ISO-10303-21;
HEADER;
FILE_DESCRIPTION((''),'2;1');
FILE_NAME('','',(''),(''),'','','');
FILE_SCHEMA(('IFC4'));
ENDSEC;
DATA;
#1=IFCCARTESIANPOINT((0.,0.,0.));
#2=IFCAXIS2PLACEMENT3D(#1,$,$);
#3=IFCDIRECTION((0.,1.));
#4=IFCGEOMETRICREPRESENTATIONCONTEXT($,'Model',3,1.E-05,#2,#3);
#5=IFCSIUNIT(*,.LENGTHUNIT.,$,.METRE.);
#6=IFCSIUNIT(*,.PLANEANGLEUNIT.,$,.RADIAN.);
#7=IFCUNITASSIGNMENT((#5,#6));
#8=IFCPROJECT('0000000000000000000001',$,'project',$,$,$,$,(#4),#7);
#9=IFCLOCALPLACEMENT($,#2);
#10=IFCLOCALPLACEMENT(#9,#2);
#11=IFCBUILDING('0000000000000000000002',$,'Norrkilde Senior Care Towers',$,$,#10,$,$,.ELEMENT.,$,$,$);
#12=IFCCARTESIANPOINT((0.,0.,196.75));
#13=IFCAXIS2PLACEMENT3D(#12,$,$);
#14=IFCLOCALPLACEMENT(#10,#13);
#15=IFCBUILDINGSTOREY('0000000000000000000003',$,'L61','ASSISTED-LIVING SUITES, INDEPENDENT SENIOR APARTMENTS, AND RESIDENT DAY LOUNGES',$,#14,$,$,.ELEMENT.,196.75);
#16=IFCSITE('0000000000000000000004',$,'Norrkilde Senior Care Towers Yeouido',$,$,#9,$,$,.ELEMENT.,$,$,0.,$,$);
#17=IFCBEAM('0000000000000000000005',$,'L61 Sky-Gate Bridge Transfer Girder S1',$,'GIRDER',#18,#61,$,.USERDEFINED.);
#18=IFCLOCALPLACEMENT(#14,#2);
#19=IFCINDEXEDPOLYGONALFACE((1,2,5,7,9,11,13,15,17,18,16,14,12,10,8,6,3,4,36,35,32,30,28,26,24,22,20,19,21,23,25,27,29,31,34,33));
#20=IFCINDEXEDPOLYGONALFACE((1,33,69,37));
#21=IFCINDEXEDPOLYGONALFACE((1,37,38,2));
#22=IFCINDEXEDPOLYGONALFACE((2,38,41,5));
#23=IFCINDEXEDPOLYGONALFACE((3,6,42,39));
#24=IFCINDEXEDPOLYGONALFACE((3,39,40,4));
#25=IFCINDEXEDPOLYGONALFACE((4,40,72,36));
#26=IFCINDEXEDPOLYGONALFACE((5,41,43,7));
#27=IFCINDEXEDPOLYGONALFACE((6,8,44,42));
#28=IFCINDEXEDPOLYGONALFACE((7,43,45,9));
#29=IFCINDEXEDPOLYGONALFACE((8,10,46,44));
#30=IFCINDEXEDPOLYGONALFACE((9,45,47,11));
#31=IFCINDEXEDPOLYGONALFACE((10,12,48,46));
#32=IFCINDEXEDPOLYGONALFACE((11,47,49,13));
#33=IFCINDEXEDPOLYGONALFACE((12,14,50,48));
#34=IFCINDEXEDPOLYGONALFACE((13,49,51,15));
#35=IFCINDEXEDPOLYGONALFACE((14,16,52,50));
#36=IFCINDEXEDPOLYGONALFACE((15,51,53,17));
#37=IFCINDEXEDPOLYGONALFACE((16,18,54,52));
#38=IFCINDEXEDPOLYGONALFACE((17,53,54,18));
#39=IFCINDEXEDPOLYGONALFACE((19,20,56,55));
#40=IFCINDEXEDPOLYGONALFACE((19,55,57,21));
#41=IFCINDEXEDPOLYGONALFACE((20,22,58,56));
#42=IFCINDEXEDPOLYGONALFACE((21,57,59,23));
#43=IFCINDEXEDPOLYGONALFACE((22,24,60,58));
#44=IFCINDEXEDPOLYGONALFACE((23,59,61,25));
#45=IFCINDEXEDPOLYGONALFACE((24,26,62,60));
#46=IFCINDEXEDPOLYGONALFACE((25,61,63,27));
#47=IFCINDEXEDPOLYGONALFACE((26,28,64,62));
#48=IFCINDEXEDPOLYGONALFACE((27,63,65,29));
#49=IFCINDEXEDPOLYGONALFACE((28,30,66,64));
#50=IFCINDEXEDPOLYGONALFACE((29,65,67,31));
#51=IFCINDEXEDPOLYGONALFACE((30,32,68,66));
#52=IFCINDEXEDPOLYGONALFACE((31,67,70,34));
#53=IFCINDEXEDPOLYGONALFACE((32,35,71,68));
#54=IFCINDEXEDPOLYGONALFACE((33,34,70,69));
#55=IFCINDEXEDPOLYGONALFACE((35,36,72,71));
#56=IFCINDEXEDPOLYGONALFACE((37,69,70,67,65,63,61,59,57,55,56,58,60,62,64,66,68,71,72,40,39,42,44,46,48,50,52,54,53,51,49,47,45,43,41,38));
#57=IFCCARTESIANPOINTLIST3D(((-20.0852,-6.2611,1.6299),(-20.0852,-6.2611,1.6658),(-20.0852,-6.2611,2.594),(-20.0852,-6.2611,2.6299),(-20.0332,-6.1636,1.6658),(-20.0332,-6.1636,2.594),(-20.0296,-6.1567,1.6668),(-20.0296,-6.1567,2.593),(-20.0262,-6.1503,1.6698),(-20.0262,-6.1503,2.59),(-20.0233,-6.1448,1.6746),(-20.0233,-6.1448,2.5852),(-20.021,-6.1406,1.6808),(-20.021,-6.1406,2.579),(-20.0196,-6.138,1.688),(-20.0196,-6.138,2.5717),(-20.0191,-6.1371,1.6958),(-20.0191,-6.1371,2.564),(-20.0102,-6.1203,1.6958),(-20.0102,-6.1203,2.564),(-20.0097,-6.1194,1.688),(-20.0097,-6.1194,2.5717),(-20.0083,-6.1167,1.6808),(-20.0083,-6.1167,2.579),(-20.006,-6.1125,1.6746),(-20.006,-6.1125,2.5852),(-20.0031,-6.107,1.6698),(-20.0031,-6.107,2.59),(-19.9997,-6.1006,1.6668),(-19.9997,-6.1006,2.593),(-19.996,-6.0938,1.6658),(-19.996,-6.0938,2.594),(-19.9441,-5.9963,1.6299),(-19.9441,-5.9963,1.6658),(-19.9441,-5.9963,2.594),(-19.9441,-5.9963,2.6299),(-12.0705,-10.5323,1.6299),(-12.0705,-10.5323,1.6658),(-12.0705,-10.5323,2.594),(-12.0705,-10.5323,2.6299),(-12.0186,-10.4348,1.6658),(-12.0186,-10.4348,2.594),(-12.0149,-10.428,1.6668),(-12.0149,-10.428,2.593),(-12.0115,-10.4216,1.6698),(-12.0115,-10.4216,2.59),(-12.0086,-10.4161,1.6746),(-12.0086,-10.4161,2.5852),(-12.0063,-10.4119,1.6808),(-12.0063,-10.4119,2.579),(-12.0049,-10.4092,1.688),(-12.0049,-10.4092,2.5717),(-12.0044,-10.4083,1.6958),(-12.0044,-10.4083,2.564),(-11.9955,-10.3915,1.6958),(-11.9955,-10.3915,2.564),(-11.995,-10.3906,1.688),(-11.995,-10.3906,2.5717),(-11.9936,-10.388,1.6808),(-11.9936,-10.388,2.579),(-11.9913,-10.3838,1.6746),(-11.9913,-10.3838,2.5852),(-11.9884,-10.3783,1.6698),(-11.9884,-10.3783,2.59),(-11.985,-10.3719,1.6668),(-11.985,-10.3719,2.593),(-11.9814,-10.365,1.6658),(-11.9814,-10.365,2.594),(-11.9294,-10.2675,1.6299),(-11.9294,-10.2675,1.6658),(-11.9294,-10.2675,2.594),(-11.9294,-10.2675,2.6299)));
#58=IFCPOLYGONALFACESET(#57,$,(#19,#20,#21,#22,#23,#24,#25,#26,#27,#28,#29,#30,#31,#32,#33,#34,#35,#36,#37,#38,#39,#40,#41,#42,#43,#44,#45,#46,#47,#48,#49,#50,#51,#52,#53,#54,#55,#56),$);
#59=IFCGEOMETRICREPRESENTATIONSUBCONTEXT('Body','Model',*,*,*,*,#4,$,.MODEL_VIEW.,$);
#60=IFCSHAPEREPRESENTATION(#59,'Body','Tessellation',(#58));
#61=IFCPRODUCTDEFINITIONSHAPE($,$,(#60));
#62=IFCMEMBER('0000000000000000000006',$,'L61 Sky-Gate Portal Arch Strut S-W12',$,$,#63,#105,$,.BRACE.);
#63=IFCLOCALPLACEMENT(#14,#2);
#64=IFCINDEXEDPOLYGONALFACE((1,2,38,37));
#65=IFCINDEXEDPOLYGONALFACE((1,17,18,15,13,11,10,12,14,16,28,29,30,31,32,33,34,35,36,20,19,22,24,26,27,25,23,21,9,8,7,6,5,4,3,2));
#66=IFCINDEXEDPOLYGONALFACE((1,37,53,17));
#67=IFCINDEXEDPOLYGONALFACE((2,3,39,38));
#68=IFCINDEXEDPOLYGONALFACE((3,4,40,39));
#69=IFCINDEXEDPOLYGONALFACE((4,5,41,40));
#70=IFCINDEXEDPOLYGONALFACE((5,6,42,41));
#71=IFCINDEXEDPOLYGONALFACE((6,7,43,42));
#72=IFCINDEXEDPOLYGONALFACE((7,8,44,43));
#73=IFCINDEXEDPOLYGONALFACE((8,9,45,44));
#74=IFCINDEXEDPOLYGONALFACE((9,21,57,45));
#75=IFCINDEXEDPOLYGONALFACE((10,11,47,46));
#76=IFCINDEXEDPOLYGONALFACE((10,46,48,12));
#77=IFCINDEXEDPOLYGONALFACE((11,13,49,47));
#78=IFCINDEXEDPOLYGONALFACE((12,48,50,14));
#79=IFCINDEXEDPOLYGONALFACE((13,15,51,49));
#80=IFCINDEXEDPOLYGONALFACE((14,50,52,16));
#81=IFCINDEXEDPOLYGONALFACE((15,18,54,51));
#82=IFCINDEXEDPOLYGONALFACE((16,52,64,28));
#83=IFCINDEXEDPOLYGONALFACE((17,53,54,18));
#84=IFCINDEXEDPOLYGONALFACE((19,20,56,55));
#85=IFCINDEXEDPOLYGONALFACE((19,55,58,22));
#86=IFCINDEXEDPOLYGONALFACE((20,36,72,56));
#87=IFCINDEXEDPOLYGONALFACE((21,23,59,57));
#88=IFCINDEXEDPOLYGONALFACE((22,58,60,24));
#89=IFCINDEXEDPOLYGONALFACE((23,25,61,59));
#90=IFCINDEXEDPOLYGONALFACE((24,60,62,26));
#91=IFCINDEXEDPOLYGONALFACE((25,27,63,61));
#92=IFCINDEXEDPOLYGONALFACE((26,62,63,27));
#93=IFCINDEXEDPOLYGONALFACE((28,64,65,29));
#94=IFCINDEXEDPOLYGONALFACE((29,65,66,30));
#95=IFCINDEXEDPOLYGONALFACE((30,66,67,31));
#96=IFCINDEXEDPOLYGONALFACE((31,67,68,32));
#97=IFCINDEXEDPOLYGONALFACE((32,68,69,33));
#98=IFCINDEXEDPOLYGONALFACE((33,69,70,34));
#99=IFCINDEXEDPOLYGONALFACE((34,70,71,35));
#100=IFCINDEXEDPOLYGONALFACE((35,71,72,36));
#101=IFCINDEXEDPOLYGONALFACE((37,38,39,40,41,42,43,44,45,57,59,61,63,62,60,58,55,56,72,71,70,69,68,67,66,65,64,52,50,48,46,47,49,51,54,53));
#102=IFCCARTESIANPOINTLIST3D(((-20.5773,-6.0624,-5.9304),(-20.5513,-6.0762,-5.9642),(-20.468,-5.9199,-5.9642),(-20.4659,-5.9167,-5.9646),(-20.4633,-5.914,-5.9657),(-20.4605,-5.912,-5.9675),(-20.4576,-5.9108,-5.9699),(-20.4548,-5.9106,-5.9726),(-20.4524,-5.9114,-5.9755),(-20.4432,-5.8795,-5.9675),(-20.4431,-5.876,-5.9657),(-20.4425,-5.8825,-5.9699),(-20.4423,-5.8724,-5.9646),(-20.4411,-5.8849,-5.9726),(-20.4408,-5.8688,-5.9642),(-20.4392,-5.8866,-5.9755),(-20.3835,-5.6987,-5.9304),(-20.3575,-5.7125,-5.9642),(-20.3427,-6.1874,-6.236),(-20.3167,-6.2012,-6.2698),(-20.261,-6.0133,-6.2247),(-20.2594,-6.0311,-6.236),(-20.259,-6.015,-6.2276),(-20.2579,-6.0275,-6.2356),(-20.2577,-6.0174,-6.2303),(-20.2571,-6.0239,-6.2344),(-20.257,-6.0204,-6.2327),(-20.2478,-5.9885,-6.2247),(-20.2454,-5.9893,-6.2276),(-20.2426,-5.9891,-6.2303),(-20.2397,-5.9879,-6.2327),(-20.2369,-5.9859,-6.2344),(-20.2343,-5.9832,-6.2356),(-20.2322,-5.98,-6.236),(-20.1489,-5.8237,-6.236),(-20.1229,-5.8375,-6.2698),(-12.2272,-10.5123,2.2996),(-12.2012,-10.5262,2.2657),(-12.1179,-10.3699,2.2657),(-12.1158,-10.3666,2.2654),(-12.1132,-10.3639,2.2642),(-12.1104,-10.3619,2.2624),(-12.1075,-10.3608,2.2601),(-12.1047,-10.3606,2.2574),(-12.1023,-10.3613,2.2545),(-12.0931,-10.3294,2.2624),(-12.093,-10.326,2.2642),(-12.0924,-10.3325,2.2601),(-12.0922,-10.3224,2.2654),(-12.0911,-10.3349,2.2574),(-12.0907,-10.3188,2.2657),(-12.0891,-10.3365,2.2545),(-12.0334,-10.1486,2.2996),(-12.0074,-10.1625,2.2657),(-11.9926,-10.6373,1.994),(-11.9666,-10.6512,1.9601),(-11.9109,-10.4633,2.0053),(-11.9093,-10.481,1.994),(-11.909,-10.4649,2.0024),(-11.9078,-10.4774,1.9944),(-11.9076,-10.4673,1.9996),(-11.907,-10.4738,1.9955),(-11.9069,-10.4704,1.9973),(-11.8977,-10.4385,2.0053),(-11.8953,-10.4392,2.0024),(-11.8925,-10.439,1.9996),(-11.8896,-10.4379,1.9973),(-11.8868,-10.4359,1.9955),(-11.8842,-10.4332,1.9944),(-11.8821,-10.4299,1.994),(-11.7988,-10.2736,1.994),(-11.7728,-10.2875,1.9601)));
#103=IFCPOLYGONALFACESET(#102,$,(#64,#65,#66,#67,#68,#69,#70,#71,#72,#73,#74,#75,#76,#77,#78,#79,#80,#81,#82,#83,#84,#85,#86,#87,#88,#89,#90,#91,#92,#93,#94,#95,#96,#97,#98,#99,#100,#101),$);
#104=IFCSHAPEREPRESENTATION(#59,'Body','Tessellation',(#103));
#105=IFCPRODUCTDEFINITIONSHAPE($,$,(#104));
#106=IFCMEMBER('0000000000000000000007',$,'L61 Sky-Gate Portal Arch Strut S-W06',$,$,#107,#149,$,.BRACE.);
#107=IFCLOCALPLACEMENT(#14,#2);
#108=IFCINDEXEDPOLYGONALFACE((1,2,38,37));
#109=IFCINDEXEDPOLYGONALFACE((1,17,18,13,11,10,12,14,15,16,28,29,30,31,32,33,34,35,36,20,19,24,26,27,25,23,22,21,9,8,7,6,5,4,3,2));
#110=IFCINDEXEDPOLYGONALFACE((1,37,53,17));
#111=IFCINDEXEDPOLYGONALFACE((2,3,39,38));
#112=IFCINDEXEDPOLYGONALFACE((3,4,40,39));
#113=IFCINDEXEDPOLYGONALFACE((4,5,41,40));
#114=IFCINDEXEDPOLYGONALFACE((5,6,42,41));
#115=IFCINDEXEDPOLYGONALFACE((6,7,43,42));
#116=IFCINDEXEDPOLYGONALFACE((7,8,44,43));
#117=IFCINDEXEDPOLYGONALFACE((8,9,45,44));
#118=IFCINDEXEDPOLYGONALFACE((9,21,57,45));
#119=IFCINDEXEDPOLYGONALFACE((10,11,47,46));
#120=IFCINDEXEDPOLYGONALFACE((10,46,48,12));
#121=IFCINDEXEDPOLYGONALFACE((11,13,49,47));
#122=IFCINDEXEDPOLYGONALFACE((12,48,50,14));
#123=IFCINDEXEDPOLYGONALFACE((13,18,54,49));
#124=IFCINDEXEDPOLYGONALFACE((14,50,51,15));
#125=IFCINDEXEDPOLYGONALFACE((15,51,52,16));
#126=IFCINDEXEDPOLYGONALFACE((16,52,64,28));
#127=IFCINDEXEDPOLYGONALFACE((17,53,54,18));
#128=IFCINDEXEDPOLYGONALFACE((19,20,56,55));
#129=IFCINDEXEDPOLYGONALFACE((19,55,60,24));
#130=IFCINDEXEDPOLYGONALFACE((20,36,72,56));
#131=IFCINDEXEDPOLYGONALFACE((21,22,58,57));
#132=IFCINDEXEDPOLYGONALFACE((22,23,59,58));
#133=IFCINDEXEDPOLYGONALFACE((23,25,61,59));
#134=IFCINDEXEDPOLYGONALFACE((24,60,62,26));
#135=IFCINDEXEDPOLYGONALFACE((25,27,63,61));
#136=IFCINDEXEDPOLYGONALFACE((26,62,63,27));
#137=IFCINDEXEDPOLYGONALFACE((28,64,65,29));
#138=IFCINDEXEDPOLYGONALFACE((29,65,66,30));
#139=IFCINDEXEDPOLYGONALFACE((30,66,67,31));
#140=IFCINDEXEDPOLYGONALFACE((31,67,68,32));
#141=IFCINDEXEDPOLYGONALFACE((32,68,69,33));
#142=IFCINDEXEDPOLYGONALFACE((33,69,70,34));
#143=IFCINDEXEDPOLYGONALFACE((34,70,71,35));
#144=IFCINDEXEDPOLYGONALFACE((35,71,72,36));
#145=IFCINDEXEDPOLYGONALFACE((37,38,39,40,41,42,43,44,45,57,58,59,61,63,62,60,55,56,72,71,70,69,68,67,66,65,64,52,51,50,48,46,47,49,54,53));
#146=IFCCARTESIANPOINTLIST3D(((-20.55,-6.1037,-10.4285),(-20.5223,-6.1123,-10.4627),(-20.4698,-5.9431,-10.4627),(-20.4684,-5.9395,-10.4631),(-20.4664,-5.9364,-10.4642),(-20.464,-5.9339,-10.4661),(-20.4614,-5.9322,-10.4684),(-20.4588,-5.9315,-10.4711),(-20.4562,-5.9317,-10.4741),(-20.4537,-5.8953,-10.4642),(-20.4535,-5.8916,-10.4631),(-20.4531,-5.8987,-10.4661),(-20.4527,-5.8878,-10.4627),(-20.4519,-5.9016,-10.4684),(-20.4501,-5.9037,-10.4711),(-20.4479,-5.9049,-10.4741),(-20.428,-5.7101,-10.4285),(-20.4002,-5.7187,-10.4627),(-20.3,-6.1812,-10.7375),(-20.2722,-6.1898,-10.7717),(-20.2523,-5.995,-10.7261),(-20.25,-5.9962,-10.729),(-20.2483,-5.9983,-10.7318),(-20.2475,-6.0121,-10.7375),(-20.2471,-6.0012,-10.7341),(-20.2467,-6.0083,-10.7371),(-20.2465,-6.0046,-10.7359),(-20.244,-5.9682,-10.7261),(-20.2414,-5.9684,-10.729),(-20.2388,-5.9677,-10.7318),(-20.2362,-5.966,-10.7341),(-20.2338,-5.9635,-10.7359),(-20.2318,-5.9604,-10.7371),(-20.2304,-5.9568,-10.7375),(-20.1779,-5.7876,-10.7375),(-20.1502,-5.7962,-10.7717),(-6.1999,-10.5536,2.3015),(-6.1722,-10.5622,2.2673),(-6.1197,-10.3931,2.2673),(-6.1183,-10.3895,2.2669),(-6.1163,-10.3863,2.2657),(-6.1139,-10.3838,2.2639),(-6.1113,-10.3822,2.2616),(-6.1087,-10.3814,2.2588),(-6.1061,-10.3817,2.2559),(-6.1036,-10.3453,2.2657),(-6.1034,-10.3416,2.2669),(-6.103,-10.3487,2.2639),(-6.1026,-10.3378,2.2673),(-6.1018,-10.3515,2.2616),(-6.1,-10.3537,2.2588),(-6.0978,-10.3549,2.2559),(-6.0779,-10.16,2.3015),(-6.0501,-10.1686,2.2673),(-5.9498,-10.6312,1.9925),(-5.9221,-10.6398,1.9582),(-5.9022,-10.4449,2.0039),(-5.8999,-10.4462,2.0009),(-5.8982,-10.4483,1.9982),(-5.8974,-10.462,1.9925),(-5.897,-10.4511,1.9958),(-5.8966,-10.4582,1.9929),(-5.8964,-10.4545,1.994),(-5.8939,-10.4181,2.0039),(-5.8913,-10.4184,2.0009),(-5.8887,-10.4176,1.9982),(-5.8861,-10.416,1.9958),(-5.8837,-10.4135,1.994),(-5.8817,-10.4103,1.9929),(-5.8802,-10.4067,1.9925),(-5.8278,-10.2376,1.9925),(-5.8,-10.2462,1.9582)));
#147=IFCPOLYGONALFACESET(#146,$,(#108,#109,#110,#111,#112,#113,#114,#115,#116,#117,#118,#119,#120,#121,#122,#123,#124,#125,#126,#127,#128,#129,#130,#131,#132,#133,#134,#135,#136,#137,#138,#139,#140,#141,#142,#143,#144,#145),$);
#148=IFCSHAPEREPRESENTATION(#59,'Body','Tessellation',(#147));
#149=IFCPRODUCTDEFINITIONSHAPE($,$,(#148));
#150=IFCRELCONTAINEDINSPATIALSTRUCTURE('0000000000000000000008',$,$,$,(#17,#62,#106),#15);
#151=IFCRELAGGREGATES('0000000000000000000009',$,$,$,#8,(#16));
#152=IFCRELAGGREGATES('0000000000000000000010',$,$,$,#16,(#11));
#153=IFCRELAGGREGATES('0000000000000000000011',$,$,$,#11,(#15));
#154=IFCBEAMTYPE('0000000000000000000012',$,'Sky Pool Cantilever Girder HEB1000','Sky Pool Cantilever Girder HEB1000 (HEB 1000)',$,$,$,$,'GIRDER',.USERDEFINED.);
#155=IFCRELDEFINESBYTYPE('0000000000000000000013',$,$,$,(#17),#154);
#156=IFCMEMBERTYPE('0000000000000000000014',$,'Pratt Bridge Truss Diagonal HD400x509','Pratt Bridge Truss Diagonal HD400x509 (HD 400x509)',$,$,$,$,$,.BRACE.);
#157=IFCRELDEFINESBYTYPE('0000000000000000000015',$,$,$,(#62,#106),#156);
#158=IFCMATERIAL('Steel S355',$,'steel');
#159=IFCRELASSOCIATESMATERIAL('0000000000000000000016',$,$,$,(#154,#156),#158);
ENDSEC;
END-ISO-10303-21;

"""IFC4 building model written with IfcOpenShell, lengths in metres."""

from ifc_helpers import new_model, si_unit, direction, frame, origin, origin_2d, place, context, subcontext, project, spatial, i_section, extrude, source, transform, mapped, material, material_profile, profile_set, type_object, type_shapes, element, save


model = new_model("IFC4")

# Units and contexts
model_context = context("Model", 3, precision=1e-05, world=origin(), true_north=direction((0.0, 1.0)))
body_context = subcontext(model_context, "Body", "Model", "MODEL_VIEW")
ifc_project = project(units=[si_unit("LENGTHUNIT", "METRE"), si_unit("PLANEANGLEUNIT", "RADIAN")], contexts=[model_context])

# Site, building, storey
site_placement = place(None, origin())
site = spatial("IfcSite", under=ifc_project, at=site_placement, Name="Norrkilde Senior Care Towers Yeouido", CompositionType="ELEMENT", RefElevation=0.0)
building_placement = place(site_placement, origin())
building = spatial("IfcBuilding", under=site, at=building_placement, Name="Norrkilde Senior Care Towers", CompositionType="ELEMENT")
storey_placement = place(building_placement, frame((0.0, 0.0, 196.75)))
storey = spatial("IfcBuildingStorey", under=building, at=storey_placement, Name="L61", Description="ASSISTED-LIVING SUITES, INDEPENDENT SENIOR APARTMENTS, AND RESIDENT DAY LOUNGES", CompositionType="ELEMENT", Elevation=196.75)

# Beam
ifc_material_1 = material(Name="Steel S355", Category="steel")
ifc_material_profile_1 = material_profile(ifc_material_1, i_section(OverallWidth=0.3, OverallDepth=1.0, WebThickness=0.019, FlangeThickness=0.0359, FilletRadius=0.03, at=origin_2d()), Name="HEB 1000")
ifc_profile_set_1 = profile_set([ifc_material_profile_1], Name="Steel S355")
beam_type_1 = type_object("IfcBeamType", Name="Sky Pool Cantilever Girder HEB1000", Description="Sky Pool Cantilever Girder HEB1000 (HEB 1000)", ElementType="GIRDER", PredefinedType="USERDEFINED", material=ifc_profile_set_1)
shared_shape_1 = source(origin(), body_context, "Body", "SweptSolid", [
    extrude(i_section(OverallWidth=0.3, OverallDepth=1.0, WebThickness=0.019, FlangeThickness=0.0359, FilletRadius=0.03, at=origin_2d()), origin(), (0.0, 0.0, 1.0), 9.0818),
])
type_shapes(beam_type_1, [shared_shape_1])
beam_1_placement = place(storey_placement, frame((-20.0146, -6.1287, 2.1299), z_axis=(0.882501, -0.470311, 0.0), x_axis=(0.470311, 0.882501, 0.0)))
element("IfcBeam", 1, at=beam_1_placement, inside=storey, type_object=beam_type_1, Name="L61 Sky-Gate Bridge Transfer Girder S1", ObjectType="GIRDER", PredefinedType="USERDEFINED", context=body_context, shape_type="MappedRepresentation", body=[
    mapped(shared_shape_1, transform((0.0, 0.0, 0.0), x_axis=(1.0, 0.0, 0.0), y_axis=(0.0, 1.0, 0.0), z_axis=(0.0, 0.0, 1.0), scale=1.0)),
])

# Members
ifc_material_profile_2 = material_profile(ifc_material_1, i_section(OverallWidth=0.4121, OverallDepth=0.45, WebThickness=0.0281, FlangeThickness=0.0449, FilletRadius=0.0149, at=origin_2d()), Name="HD 400x509")
ifc_profile_set_2 = profile_set([ifc_material_profile_2], Name="Steel S355")
member_type_1 = type_object("IfcMemberType", Name="Pratt Bridge Truss Diagonal HD400x509", Description="Pratt Bridge Truss Diagonal HD400x509 (HD 400x509)", PredefinedType="BRACE", material=ifc_profile_set_2)
shared_shape_2 = source(origin(), body_context, "Body", "SweptSolid", [
    extrude(i_section(OverallWidth=0.4121, OverallDepth=0.45, WebThickness=0.0281, FlangeThickness=0.0449, FilletRadius=0.0149, at=origin_2d()), origin(), (0.0, 0.0, 1.0), 12.5403),
])
member_1_placement = place(storey_placement, frame((-20.3501, -5.95, -6.1001), z_axis=(0.665862, -0.354852, 0.656283), x_axis=(0.470306, 0.882504, 0.0)))
element("IfcMember", 2, at=member_1_placement, inside=storey, type_object=member_type_1, Name="L61 Sky-Gate Portal Arch Strut S-W12", PredefinedType="BRACE", context=body_context, shape_type="MappedRepresentation", body=[
    mapped(shared_shape_2, transform((0.0, 0.0, 0.0), x_axis=(1.0, 0.0, 0.0), y_axis=(0.0, 1.0, 0.0), z_axis=(0.0, 0.0, 1.0), scale=1.0)),
])
shared_shape_3 = source(origin(), body_context, "Body", "SweptSolid", [
    extrude(i_section(OverallWidth=0.4121, OverallDepth=0.45, WebThickness=0.0281, FlangeThickness=0.0449, FilletRadius=0.0149, at=origin_2d()), origin(), (0.0, 0.0, 1.0), 19.6921),
])
member_2_placement = place(storey_placement, frame((-20.3501, -5.95, -10.6001), z_axis=(0.728723, -0.225976, 0.64645), x_axis=(0.296185, 0.955131, 0.0)))
element("IfcMember", 3, at=member_2_placement, inside=storey, type_object=member_type_1, Name="L61 Sky-Gate Portal Arch Strut S-W06", PredefinedType="BRACE", context=body_context, shape_type="MappedRepresentation", body=[
    mapped(shared_shape_3, transform((0.0, 0.0, 0.0), x_axis=(1.0, 0.0, 0.0), y_axis=(0.0, 1.0, 0.0), z_axis=(0.0, 0.0, 1.0), scale=1.0)),
])

save(model, "model.ifc")
